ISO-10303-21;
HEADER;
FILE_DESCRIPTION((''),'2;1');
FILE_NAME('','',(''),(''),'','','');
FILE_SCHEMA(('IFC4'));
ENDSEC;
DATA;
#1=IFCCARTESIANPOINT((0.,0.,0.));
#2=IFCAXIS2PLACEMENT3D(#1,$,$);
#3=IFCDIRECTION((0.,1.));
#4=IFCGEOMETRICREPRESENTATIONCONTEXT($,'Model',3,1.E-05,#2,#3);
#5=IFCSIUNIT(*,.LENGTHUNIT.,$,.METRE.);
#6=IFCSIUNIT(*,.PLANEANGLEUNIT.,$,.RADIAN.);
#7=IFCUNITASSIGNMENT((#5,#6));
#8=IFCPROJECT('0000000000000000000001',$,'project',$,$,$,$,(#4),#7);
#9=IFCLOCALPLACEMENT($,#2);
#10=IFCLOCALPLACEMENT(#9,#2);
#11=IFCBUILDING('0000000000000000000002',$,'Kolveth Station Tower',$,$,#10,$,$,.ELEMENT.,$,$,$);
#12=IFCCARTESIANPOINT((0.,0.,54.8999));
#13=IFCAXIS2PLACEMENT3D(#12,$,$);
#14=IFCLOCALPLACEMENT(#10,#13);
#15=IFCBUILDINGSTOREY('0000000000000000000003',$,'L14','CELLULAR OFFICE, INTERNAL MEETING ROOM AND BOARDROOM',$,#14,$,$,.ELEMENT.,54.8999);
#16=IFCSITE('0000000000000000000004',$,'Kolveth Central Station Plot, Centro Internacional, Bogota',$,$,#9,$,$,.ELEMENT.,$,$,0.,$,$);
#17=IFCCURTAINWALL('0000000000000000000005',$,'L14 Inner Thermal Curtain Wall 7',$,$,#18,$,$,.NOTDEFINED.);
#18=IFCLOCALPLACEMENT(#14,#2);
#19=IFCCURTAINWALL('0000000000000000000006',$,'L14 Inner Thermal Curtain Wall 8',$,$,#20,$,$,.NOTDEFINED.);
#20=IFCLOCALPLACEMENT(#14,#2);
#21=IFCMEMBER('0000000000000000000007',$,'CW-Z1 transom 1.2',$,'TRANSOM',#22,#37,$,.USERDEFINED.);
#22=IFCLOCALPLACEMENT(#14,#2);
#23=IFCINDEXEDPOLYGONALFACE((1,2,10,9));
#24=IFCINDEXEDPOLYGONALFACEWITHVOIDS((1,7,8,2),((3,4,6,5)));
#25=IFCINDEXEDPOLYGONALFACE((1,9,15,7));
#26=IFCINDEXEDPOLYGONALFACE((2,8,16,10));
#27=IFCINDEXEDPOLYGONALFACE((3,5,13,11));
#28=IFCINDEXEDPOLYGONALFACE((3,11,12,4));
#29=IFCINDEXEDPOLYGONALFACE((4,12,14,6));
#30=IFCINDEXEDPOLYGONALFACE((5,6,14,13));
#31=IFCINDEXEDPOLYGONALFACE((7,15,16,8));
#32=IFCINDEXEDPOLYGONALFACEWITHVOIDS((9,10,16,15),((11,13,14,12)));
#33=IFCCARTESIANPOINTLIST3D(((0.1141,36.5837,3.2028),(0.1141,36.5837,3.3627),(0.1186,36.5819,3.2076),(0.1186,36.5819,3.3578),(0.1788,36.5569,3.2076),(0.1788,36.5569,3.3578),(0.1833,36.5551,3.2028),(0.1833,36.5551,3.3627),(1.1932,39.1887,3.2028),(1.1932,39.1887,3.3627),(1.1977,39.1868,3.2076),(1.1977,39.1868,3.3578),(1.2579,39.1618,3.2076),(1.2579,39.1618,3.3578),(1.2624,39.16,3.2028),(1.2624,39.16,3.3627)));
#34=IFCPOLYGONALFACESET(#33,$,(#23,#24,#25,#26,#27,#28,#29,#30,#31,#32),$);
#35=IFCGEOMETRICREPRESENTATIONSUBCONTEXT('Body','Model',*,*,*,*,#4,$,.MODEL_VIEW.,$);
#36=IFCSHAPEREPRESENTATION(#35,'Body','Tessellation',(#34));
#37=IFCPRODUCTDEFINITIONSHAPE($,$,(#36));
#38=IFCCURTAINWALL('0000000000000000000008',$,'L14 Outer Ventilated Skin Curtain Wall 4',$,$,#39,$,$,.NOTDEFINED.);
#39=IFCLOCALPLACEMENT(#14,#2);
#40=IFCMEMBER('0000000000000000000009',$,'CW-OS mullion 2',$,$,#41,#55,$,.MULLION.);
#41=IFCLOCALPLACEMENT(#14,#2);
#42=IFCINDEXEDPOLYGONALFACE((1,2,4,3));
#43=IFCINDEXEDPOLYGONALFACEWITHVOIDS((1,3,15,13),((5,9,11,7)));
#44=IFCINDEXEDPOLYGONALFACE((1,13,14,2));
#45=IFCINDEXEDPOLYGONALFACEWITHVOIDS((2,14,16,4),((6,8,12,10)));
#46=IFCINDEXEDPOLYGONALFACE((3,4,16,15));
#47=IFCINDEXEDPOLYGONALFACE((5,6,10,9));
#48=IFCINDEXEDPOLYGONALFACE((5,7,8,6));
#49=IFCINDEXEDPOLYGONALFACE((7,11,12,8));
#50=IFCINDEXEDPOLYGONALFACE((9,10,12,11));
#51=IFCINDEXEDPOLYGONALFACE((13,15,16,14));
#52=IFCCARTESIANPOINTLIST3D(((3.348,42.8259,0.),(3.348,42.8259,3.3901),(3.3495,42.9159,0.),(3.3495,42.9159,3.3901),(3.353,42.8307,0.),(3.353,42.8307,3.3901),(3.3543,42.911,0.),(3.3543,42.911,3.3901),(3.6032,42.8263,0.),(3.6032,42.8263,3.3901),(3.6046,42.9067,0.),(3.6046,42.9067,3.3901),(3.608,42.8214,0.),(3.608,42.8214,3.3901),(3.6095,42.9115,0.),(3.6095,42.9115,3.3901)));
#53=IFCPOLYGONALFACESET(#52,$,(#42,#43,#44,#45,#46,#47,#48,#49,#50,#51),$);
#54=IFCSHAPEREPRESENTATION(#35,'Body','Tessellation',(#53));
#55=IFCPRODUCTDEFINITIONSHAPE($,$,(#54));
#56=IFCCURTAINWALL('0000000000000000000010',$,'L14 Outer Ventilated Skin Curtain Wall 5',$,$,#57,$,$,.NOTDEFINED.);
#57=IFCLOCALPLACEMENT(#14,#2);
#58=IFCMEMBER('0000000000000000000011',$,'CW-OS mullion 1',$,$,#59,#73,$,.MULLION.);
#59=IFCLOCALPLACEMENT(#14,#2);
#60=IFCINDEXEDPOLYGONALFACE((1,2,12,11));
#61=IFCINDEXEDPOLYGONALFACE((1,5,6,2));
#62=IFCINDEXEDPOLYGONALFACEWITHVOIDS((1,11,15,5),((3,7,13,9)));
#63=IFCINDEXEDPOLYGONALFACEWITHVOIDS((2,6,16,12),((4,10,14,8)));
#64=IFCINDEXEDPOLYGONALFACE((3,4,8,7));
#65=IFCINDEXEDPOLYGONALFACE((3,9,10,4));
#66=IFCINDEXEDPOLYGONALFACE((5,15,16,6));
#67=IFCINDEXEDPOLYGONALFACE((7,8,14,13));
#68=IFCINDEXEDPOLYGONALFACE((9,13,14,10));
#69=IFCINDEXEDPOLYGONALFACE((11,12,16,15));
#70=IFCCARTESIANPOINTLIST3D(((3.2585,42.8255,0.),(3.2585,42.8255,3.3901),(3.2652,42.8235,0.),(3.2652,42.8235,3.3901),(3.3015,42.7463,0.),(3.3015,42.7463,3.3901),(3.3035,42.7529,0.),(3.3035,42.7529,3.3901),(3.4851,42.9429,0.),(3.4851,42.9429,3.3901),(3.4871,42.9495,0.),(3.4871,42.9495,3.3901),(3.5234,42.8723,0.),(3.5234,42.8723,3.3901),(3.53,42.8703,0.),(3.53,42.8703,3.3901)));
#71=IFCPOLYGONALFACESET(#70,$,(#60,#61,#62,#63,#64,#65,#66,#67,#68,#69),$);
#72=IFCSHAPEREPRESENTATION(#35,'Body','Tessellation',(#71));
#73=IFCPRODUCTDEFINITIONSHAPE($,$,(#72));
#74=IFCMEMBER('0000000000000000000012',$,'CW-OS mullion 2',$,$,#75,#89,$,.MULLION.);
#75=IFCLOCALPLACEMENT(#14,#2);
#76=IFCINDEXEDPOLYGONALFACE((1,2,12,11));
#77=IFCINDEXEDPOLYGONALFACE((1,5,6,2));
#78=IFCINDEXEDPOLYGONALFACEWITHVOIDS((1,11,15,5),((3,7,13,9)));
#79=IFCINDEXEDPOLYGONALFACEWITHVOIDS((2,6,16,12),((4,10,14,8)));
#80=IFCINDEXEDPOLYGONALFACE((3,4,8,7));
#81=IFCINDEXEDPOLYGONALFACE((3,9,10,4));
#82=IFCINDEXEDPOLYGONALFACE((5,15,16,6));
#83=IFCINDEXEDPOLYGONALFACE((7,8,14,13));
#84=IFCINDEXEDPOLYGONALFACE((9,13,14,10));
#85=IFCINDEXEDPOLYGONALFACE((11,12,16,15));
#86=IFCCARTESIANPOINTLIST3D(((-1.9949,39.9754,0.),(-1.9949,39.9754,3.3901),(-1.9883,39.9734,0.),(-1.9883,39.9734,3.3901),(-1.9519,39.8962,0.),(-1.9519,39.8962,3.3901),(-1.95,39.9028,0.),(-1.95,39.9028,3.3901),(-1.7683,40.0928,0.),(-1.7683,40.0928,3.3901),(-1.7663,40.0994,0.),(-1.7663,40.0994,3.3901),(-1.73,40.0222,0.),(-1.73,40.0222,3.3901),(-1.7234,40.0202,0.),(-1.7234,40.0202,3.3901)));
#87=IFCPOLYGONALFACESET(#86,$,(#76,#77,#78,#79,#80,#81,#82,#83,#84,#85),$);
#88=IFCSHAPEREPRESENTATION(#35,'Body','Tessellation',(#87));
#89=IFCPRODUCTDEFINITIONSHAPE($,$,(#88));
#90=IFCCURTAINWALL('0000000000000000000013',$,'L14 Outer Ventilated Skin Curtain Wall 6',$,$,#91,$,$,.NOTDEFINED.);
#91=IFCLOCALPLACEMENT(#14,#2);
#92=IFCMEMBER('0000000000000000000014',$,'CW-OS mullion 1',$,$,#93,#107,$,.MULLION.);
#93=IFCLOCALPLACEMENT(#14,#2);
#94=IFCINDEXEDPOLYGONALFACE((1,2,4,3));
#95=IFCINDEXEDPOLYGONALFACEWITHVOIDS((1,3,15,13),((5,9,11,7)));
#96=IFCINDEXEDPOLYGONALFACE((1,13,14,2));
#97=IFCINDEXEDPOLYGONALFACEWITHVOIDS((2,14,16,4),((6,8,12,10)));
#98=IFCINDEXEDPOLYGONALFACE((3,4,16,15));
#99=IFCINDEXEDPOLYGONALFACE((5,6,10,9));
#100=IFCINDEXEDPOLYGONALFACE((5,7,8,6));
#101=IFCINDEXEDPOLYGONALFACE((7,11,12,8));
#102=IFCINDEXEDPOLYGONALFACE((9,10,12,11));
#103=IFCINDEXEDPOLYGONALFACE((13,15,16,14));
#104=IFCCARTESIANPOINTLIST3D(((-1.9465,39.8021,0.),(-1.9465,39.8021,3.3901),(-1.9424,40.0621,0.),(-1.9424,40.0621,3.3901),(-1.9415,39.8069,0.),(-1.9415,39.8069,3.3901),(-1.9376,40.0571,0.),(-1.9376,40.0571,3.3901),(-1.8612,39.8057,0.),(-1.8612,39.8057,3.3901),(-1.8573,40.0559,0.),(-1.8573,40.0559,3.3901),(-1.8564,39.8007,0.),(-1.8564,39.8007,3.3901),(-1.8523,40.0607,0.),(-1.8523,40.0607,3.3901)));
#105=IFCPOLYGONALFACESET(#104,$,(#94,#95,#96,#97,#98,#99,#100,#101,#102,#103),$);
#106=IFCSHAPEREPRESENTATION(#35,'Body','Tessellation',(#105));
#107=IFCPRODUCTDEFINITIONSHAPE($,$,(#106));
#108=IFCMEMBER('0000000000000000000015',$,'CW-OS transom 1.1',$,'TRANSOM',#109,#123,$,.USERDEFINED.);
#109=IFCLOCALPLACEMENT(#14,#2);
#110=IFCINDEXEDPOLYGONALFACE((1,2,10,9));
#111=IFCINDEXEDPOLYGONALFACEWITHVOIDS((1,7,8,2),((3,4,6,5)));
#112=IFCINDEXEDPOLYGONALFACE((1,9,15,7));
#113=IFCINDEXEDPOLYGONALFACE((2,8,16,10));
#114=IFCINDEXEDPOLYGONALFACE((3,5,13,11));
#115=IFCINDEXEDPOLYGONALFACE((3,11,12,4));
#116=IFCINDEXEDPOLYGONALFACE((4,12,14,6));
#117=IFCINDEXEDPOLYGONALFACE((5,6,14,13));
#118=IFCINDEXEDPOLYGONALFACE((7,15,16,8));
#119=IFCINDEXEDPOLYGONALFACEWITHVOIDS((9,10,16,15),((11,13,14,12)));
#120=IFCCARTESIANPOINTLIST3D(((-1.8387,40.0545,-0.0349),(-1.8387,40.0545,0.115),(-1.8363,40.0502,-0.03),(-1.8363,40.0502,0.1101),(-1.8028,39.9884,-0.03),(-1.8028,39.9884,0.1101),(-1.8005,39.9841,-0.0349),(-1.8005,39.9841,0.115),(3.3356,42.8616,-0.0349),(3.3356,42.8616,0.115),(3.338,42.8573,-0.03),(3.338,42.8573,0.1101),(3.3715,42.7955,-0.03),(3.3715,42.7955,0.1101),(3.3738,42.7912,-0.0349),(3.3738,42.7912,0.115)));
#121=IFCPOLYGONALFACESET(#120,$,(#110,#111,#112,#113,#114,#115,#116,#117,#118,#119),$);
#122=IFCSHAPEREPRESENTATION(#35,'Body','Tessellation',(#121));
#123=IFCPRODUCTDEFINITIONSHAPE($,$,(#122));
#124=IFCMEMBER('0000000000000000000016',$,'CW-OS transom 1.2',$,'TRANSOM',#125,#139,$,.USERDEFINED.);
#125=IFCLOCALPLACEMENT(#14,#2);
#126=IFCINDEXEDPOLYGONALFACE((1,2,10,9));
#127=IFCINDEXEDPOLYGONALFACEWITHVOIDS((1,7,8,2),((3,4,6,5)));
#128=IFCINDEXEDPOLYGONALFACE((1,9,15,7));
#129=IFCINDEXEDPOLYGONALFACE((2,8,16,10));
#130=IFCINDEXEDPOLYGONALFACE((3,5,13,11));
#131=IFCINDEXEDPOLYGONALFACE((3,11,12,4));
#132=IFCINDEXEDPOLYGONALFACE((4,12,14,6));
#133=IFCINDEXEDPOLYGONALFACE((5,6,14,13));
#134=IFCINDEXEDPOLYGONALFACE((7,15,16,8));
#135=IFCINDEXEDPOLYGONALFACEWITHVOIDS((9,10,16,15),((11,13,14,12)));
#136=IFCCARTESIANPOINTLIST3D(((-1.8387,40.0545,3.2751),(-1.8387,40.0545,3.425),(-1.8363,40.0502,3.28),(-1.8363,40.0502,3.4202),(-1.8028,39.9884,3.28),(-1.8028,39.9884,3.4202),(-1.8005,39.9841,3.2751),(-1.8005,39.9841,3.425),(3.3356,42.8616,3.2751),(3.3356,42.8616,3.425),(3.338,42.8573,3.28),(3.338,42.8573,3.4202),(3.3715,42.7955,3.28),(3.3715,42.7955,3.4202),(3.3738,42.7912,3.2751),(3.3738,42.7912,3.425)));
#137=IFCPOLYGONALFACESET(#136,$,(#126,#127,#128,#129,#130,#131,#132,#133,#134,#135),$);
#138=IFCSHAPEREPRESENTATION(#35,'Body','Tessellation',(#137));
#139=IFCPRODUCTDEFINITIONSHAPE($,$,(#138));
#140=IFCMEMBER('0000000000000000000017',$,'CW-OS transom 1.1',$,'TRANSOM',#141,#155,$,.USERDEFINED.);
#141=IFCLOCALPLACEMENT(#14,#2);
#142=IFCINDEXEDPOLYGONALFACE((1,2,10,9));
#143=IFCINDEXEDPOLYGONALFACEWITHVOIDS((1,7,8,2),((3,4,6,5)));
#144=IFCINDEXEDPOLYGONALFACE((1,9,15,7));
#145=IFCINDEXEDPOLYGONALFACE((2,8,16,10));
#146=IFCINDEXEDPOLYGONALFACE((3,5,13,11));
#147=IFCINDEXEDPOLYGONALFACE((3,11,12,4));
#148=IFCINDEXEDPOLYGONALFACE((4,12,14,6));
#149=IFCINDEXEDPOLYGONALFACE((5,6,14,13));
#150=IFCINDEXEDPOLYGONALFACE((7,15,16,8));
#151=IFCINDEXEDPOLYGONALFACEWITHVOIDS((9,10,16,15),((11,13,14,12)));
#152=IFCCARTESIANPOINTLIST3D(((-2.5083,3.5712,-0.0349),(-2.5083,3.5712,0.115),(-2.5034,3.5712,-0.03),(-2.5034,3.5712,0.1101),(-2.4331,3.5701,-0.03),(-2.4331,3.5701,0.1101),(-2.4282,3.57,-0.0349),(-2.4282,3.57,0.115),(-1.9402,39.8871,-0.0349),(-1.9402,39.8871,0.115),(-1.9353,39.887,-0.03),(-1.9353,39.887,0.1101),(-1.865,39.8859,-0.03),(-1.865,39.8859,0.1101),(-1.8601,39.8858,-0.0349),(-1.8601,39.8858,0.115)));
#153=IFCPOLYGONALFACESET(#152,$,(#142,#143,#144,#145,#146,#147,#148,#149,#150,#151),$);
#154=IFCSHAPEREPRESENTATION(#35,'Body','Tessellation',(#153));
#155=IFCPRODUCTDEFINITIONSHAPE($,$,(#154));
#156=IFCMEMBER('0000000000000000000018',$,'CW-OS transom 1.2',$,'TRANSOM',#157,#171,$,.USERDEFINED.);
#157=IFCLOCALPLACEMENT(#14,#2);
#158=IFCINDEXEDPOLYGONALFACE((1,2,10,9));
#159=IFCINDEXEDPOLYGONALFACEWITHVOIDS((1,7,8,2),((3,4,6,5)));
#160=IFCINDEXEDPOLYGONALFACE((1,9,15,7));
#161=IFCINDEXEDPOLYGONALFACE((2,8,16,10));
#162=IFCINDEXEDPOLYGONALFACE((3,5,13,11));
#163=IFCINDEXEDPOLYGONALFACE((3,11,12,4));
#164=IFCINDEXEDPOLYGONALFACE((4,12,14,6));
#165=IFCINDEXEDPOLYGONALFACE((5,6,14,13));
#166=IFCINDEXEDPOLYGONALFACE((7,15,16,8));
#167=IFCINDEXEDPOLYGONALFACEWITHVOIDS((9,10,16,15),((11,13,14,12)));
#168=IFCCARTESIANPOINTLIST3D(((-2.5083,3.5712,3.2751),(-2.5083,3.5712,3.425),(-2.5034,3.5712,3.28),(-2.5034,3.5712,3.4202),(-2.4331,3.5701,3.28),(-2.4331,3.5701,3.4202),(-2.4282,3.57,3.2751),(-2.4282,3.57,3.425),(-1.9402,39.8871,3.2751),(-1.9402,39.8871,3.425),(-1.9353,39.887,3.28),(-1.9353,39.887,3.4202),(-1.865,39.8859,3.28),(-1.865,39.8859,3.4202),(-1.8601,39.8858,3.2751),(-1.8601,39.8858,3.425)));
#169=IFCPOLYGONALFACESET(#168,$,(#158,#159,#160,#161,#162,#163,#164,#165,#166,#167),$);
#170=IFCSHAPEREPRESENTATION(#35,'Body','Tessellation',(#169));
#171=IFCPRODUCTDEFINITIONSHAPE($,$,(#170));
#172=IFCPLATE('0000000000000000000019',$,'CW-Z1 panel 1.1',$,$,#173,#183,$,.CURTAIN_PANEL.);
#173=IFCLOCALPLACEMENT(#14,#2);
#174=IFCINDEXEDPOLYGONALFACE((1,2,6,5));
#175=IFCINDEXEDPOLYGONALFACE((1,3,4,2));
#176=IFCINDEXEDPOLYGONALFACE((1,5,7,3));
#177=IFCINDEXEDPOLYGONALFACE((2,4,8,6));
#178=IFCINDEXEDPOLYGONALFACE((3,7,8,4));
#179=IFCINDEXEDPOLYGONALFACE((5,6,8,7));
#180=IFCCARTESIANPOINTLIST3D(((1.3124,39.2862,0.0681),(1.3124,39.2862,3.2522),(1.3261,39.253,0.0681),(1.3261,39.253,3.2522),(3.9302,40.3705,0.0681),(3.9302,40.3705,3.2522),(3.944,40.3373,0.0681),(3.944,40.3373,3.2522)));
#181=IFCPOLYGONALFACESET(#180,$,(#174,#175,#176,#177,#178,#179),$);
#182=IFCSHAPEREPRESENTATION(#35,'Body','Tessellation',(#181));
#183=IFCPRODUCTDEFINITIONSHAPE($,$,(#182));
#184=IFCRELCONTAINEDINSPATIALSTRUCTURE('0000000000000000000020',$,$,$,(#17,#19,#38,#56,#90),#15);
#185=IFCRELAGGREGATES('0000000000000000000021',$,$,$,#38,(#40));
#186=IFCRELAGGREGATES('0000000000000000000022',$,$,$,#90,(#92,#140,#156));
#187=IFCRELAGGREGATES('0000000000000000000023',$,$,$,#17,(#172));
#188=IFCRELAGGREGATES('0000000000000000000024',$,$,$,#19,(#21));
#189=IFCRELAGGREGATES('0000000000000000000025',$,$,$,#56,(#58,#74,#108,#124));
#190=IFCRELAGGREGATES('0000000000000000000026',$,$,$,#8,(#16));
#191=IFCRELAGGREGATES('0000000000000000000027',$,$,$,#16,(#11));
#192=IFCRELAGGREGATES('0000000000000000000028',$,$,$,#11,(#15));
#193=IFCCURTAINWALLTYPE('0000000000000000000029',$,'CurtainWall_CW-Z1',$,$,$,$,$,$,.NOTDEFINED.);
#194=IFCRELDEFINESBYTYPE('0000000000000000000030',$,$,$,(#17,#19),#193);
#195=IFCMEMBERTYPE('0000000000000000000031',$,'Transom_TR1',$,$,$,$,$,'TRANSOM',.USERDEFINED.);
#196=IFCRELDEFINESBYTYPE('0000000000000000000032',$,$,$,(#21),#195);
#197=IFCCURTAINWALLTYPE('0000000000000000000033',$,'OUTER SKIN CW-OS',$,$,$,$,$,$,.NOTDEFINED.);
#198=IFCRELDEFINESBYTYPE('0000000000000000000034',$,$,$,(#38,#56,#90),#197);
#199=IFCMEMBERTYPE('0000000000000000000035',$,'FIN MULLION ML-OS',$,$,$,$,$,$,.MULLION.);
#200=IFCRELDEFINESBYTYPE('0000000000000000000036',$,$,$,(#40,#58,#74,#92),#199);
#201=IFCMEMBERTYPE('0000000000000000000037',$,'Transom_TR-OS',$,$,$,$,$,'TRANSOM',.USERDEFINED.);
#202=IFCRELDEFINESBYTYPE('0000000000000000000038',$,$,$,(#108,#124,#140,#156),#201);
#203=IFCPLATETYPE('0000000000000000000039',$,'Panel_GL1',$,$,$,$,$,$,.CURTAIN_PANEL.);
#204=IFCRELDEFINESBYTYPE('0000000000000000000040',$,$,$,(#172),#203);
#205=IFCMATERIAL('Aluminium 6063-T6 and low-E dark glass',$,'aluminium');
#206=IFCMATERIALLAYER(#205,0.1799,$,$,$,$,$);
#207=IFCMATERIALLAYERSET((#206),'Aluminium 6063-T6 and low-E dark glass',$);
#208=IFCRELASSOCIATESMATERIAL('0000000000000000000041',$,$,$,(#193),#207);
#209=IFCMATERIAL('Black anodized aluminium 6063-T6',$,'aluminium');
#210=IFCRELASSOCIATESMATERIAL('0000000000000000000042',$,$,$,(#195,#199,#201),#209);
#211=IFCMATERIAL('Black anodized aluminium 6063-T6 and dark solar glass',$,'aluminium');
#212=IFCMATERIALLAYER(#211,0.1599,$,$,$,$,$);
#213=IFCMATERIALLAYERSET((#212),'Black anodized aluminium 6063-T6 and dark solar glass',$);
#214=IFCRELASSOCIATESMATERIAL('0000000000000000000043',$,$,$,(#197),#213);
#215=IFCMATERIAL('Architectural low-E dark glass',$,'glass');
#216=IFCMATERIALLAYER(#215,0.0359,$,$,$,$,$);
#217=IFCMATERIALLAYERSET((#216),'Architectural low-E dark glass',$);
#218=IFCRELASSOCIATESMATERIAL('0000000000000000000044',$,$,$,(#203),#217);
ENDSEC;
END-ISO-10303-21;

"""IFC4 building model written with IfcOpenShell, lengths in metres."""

from ifc_helpers import new_model, si_unit, direction, frame, origin, origin_2d, place, context, subcontext, project, spatial, rectangle, hollow_rectangle, extrude, source, transform, mapped, material, layer, layer_set, material_profile, profile_set, type_object, element, aggregate, save


model = new_model("IFC4")

# Units and contexts
model_context = context("Model", 3, precision=1e-05, world=origin(), true_north=direction((0.0, 1.0)))
body_context = subcontext(model_context, "Body", "Model", "MODEL_VIEW")
ifc_project = project(units=[si_unit("LENGTHUNIT", "METRE"), si_unit("PLANEANGLEUNIT", "RADIAN")], contexts=[model_context])

# Site, building, storey
site_placement = place(None, origin())
site = spatial("IfcSite", under=ifc_project, at=site_placement, Name="Kolveth Central Station Plot, Centro Internacional, Bogota", CompositionType="ELEMENT", RefElevation=0.0)
building_placement = place(site_placement, origin())
building = spatial("IfcBuilding", under=site, at=building_placement, Name="Kolveth Station Tower", CompositionType="ELEMENT")
storey_placement = place(building_placement, frame((0.0, 0.0, 54.8999)))
storey = spatial("IfcBuildingStorey", under=building, at=storey_placement, Name="L14", Description="CELLULAR OFFICE, INTERNAL MEETING ROOM AND BOARDROOM", CompositionType="ELEMENT", Elevation=54.8999)

# Shared definitions
ifc_material_1 = material(Name="Aluminium 6063-T6 and low-E dark glass", Category="aluminium")
ifc_layer_1 = layer(ifc_material_1, 0.1799)
ifc_layer_set_1 = layer_set([ifc_layer_1], Name="Aluminium 6063-T6 and low-E dark glass")
curtain_wall_type_1 = type_object("IfcCurtainWallType", Name="CurtainWall_CW-Z1", PredefinedType="NOTDEFINED", material=ifc_layer_set_1)
ifc_material_2 = material(Name="Black anodized aluminium 6063-T6", Category="aluminium")

# Curtain walls
curtain_wall_1_placement = place(storey_placement, origin())
curtain_wall_1 = element("IfcCurtainWall", 1, at=curtain_wall_1_placement, inside=storey, type_object=curtain_wall_type_1, Name="L14 Inner Thermal Curtain Wall 7", PredefinedType="NOTDEFINED")
curtain_wall_2_placement = place(storey_placement, origin())
curtain_wall_2 = element("IfcCurtainWall", 2, at=curtain_wall_2_placement, inside=storey, type_object=curtain_wall_type_1, Name="L14 Inner Thermal Curtain Wall 8", PredefinedType="NOTDEFINED")

# Member
ifc_material_profile_1 = material_profile(ifc_material_2, hollow_rectangle(XDim=0.075, YDim=0.1599, WallThickness=0.0049, at=origin_2d()), Name="ALU-75x160x5")
ifc_profile_set_1 = profile_set([ifc_material_profile_1], Name="Black anodized aluminium 6063-T6")
member_type_1 = type_object("IfcMemberType", Name="Transom_TR1", ElementType="TRANSOM", PredefinedType="USERDEFINED", material=ifc_profile_set_1)
shared_shape_1 = source(origin(), body_context, "Body", "SweptSolid", [
    extrude(hollow_rectangle(XDim=0.075, YDim=0.1599, WallThickness=0.0049, at=origin_2d()), origin(), (0.0, 0.0, 1.0), 2.8196),
])
member_1_placement = place(storey_placement, frame((1.2278, 39.1743, 3.2827), z_axis=(-0.382709, -0.923869, 0.0), x_axis=(0.923869, -0.382709, 0.0)))
member_1 = element("IfcMember", 3, at=member_1_placement, type_object=member_type_1, Name="CW-Z1 transom 1.2", ObjectType="TRANSOM", PredefinedType="USERDEFINED", context=body_context, shape_type="MappedRepresentation", body=[
    mapped(shared_shape_1, transform((0.0, 0.0, 0.0), x_axis=(1.0, 0.0, 0.0), y_axis=(0.0, 1.0, 0.0), z_axis=(0.0, 0.0, 1.0), scale=1.0)),
])

# Curtain wall, member
ifc_material_3 = material(Name="Black anodized aluminium 6063-T6 and dark solar glass", Category="aluminium")
ifc_layer_2 = layer(ifc_material_3, 0.1599)
ifc_layer_set_2 = layer_set([ifc_layer_2], Name="Black anodized aluminium 6063-T6 and dark solar glass")
curtain_wall_type_2 = type_object("IfcCurtainWallType", Name="OUTER SKIN CW-OS", PredefinedType="NOTDEFINED", material=ifc_layer_set_2)
curtain_wall_3_placement = place(storey_placement, origin())
curtain_wall_3 = element("IfcCurtainWall", 4, at=curtain_wall_3_placement, inside=storey, type_object=curtain_wall_type_2, Name="L14 Outer Ventilated Skin Curtain Wall 4", PredefinedType="NOTDEFINED")
ifc_material_profile_2 = material_profile(ifc_material_2, hollow_rectangle(XDim=0.0901, YDim=0.26, WallThickness=0.0049, at=origin_2d()), Name="ALU-90x260x5")
ifc_profile_set_2 = profile_set([ifc_material_profile_2], Name="Black anodized aluminium 6063-T6")
member_type_2 = type_object("IfcMemberType", Name="FIN MULLION ML-OS", PredefinedType="MULLION", material=ifc_profile_set_2)
shared_shape_2 = source(origin(), body_context, "Body", "SweptSolid", [
    extrude(hollow_rectangle(XDim=0.0901, YDim=0.26, WallThickness=0.0049, at=origin_2d()), origin(), (0.0, 0.0, 1.0), 3.3901),
])
member_2_placement = place(storey_placement, frame((3.4788, 42.8687, 0.0), z_axis=(0.0, 0.0, 1.0), x_axis=(-0.01721, -0.999852, 0.0)))
member_2 = element("IfcMember", 5, at=member_2_placement, type_object=member_type_2, Name="CW-OS mullion 2", PredefinedType="MULLION", context=body_context, shape_type="MappedRepresentation", body=[
    mapped(shared_shape_2, transform((0.0, 0.0, 0.0), x_axis=(1.0, 0.0, 0.0), y_axis=(0.0, 1.0, 0.0), z_axis=(0.0, 0.0, 1.0), scale=1.0)),
])
aggregate(curtain_wall_3, [member_2])

# Curtain wall, members
curtain_wall_4_placement = place(storey_placement, origin())
curtain_wall_4 = element("IfcCurtainWall", 6, at=curtain_wall_4_placement, inside=storey, type_object=curtain_wall_type_2, Name="L14 Outer Ventilated Skin Curtain Wall 5", PredefinedType="NOTDEFINED")
member_3_placement = place(storey_placement, frame((3.3943, 42.8479, 0.0), z_axis=(0.0, 0.0, 1.0), x_axis=(0.476864, -0.878977, 0.0)))
member_3 = element("IfcMember", 7, at=member_3_placement, type_object=member_type_2, Name="CW-OS mullion 1", PredefinedType="MULLION", context=body_context, shape_type="MappedRepresentation", body=[
    mapped(shared_shape_2, transform((0.0, 0.0, 0.0), x_axis=(1.0, 0.0, 0.0), y_axis=(0.0, 1.0, 0.0), z_axis=(0.0, 0.0, 1.0), scale=1.0)),
])
member_4_placement = place(storey_placement, frame((-1.8591, 39.9978, 0.0), z_axis=(0.0, 0.0, 1.0), x_axis=(0.476864, -0.878977, 0.0)))
member_4 = element("IfcMember", 8, at=member_4_placement, type_object=member_type_2, Name="CW-OS mullion 2", PredefinedType="MULLION", context=body_context, shape_type="MappedRepresentation", body=[
    mapped(shared_shape_2, transform((0.0, 0.0, 0.0), x_axis=(1.0, 0.0, 0.0), y_axis=(0.0, 1.0, 0.0), z_axis=(0.0, 0.0, 1.0), scale=1.0)),
])

# Curtain wall, member
curtain_wall_5_placement = place(storey_placement, origin())
curtain_wall_5 = element("IfcCurtainWall", 9, at=curtain_wall_5_placement, inside=storey, type_object=curtain_wall_type_2, Name="L14 Outer Ventilated Skin Curtain Wall 6", PredefinedType="NOTDEFINED")
member_5_placement = place(storey_placement, frame((-1.8994, 39.9314, 0.0), z_axis=(0.0, 0.0, 1.0), x_axis=(0.999878, -0.015641, 0.0)))
member_5 = element("IfcMember", 10, at=member_5_placement, type_object=member_type_2, Name="CW-OS mullion 1", PredefinedType="MULLION", context=body_context, shape_type="MappedRepresentation", body=[
    mapped(shared_shape_2, transform((0.0, 0.0, 0.0), x_axis=(1.0, 0.0, 0.0), y_axis=(0.0, 1.0, 0.0), z_axis=(0.0, 0.0, 1.0), scale=1.0)),
])

# Members
ifc_material_profile_3 = material_profile(ifc_material_2, hollow_rectangle(XDim=0.0801, YDim=0.1499, WallThickness=0.0049, at=origin_2d()), Name="ALU-80x150x5")
ifc_profile_set_3 = profile_set([ifc_material_profile_3], Name="Black anodized aluminium 6063-T6")
member_type_3 = type_object("IfcMemberType", Name="Transom_TR-OS", ElementType="TRANSOM", PredefinedType="USERDEFINED", material=ifc_profile_set_3)
shared_shape_3 = source(origin(), body_context, "Body", "SweptSolid", [
    extrude(hollow_rectangle(XDim=0.0801, YDim=0.1499, WallThickness=0.0049, at=origin_2d()), origin(), (0.0, 0.0, 1.0), 5.8867),
])
member_6_placement = place(storey_placement, frame((3.3547, 42.8264, 0.04), z_axis=(-0.878981, -0.476858, 0.0), x_axis=(0.476858, -0.878981, 0.0)))
member_6 = element("IfcMember", 11, at=member_6_placement, type_object=member_type_3, Name="CW-OS transom 1.1", ObjectType="TRANSOM", PredefinedType="USERDEFINED", context=body_context, shape_type="MappedRepresentation", body=[
    mapped(shared_shape_3, transform((0.0, 0.0, 0.0), x_axis=(1.0, 0.0, 0.0), y_axis=(0.0, 1.0, 0.0), z_axis=(0.0, 0.0, 1.0), scale=1.0)),
])
member_7_placement = place(storey_placement, frame((3.3547, 42.8264, 3.3501), z_axis=(-0.878981, -0.476858, 0.0), x_axis=(0.476858, -0.878981, 0.0)))
member_7 = element("IfcMember", 12, at=member_7_placement, type_object=member_type_3, Name="CW-OS transom 1.2", ObjectType="TRANSOM", PredefinedType="USERDEFINED", context=body_context, shape_type="MappedRepresentation", body=[
    mapped(shared_shape_3, transform((0.0, 0.0, 0.0), x_axis=(1.0, 0.0, 0.0), y_axis=(0.0, 1.0, 0.0), z_axis=(0.0, 0.0, 1.0), scale=1.0)),
])
shared_shape_4 = source(origin(), body_context, "Body", "SweptSolid", [
    extrude(hollow_rectangle(XDim=0.0801, YDim=0.1499, WallThickness=0.0049, at=origin_2d()), origin(), (0.0, 0.0, 1.0), 36.3203),
])
member_8_placement = place(storey_placement, frame((-1.9001, 39.8865, 0.04), z_axis=(-0.015642, -0.999878, 0.0), x_axis=(0.999878, -0.015642, 0.0)))
member_8 = element("IfcMember", 13, at=member_8_placement, type_object=member_type_3, Name="CW-OS transom 1.1", ObjectType="TRANSOM", PredefinedType="USERDEFINED", context=body_context, shape_type="MappedRepresentation", body=[
    mapped(shared_shape_4, transform((0.0, 0.0, 0.0), x_axis=(1.0, 0.0, 0.0), y_axis=(0.0, 1.0, 0.0), z_axis=(0.0, 0.0, 1.0), scale=1.0)),
])
member_9_placement = place(storey_placement, frame((-1.9001, 39.8865, 3.3501), z_axis=(-0.015642, -0.999878, 0.0), x_axis=(0.999878, -0.015642, 0.0)))
member_9 = element("IfcMember", 14, at=member_9_placement, type_object=member_type_3, Name="CW-OS transom 1.2", ObjectType="TRANSOM", PredefinedType="USERDEFINED", context=body_context, shape_type="MappedRepresentation", body=[
    mapped(shared_shape_4, transform((0.0, 0.0, 0.0), x_axis=(1.0, 0.0, 0.0), y_axis=(0.0, 1.0, 0.0), z_axis=(0.0, 0.0, 1.0), scale=1.0)),
])
aggregate(curtain_wall_5, [member_5, member_8, member_9])

# Plate
ifc_material_4 = material(Name="Architectural low-E dark glass", Category="glass")
ifc_layer_3 = layer(ifc_material_4, 0.0359)
ifc_layer_set_3 = layer_set([ifc_layer_3], Name="Architectural low-E dark glass")
plate_type_1 = type_object("IfcPlateType", Name="Panel_GL1", PredefinedType="CURTAIN_PANEL", material=ifc_layer_set_3)
shared_shape_5 = source(origin(), body_context, "Body", "SweptSolid", [
    extrude(rectangle(XDim=2.8335, YDim=0.0359, at=origin_2d()), origin(), (0.0, 0.0, 1.0), 3.1841),
])
plate_1_placement = place(storey_placement, frame((2.6282, 39.8118, 0.0681), z_axis=(0.0, 0.0, 1.0), x_axis=(-0.923884, -0.382673, 0.0)))
plate_1 = element("IfcPlate", 15, at=plate_1_placement, type_object=plate_type_1, Name="CW-Z1 panel 1.1", PredefinedType="CURTAIN_PANEL", context=body_context, shape_type="MappedRepresentation", body=[
    mapped(shared_shape_5, transform((0.0, 0.0, 0.0), x_axis=(1.0, 0.0, 0.0), y_axis=(0.0, 1.0, 0.0), z_axis=(0.0, 0.0, 1.0), scale=1.0)),
])
aggregate(curtain_wall_1, [plate_1])
aggregate(curtain_wall_2, [member_1])
aggregate(curtain_wall_4, [member_3, member_4, member_6, member_7])

save(model, "model.ifc")
